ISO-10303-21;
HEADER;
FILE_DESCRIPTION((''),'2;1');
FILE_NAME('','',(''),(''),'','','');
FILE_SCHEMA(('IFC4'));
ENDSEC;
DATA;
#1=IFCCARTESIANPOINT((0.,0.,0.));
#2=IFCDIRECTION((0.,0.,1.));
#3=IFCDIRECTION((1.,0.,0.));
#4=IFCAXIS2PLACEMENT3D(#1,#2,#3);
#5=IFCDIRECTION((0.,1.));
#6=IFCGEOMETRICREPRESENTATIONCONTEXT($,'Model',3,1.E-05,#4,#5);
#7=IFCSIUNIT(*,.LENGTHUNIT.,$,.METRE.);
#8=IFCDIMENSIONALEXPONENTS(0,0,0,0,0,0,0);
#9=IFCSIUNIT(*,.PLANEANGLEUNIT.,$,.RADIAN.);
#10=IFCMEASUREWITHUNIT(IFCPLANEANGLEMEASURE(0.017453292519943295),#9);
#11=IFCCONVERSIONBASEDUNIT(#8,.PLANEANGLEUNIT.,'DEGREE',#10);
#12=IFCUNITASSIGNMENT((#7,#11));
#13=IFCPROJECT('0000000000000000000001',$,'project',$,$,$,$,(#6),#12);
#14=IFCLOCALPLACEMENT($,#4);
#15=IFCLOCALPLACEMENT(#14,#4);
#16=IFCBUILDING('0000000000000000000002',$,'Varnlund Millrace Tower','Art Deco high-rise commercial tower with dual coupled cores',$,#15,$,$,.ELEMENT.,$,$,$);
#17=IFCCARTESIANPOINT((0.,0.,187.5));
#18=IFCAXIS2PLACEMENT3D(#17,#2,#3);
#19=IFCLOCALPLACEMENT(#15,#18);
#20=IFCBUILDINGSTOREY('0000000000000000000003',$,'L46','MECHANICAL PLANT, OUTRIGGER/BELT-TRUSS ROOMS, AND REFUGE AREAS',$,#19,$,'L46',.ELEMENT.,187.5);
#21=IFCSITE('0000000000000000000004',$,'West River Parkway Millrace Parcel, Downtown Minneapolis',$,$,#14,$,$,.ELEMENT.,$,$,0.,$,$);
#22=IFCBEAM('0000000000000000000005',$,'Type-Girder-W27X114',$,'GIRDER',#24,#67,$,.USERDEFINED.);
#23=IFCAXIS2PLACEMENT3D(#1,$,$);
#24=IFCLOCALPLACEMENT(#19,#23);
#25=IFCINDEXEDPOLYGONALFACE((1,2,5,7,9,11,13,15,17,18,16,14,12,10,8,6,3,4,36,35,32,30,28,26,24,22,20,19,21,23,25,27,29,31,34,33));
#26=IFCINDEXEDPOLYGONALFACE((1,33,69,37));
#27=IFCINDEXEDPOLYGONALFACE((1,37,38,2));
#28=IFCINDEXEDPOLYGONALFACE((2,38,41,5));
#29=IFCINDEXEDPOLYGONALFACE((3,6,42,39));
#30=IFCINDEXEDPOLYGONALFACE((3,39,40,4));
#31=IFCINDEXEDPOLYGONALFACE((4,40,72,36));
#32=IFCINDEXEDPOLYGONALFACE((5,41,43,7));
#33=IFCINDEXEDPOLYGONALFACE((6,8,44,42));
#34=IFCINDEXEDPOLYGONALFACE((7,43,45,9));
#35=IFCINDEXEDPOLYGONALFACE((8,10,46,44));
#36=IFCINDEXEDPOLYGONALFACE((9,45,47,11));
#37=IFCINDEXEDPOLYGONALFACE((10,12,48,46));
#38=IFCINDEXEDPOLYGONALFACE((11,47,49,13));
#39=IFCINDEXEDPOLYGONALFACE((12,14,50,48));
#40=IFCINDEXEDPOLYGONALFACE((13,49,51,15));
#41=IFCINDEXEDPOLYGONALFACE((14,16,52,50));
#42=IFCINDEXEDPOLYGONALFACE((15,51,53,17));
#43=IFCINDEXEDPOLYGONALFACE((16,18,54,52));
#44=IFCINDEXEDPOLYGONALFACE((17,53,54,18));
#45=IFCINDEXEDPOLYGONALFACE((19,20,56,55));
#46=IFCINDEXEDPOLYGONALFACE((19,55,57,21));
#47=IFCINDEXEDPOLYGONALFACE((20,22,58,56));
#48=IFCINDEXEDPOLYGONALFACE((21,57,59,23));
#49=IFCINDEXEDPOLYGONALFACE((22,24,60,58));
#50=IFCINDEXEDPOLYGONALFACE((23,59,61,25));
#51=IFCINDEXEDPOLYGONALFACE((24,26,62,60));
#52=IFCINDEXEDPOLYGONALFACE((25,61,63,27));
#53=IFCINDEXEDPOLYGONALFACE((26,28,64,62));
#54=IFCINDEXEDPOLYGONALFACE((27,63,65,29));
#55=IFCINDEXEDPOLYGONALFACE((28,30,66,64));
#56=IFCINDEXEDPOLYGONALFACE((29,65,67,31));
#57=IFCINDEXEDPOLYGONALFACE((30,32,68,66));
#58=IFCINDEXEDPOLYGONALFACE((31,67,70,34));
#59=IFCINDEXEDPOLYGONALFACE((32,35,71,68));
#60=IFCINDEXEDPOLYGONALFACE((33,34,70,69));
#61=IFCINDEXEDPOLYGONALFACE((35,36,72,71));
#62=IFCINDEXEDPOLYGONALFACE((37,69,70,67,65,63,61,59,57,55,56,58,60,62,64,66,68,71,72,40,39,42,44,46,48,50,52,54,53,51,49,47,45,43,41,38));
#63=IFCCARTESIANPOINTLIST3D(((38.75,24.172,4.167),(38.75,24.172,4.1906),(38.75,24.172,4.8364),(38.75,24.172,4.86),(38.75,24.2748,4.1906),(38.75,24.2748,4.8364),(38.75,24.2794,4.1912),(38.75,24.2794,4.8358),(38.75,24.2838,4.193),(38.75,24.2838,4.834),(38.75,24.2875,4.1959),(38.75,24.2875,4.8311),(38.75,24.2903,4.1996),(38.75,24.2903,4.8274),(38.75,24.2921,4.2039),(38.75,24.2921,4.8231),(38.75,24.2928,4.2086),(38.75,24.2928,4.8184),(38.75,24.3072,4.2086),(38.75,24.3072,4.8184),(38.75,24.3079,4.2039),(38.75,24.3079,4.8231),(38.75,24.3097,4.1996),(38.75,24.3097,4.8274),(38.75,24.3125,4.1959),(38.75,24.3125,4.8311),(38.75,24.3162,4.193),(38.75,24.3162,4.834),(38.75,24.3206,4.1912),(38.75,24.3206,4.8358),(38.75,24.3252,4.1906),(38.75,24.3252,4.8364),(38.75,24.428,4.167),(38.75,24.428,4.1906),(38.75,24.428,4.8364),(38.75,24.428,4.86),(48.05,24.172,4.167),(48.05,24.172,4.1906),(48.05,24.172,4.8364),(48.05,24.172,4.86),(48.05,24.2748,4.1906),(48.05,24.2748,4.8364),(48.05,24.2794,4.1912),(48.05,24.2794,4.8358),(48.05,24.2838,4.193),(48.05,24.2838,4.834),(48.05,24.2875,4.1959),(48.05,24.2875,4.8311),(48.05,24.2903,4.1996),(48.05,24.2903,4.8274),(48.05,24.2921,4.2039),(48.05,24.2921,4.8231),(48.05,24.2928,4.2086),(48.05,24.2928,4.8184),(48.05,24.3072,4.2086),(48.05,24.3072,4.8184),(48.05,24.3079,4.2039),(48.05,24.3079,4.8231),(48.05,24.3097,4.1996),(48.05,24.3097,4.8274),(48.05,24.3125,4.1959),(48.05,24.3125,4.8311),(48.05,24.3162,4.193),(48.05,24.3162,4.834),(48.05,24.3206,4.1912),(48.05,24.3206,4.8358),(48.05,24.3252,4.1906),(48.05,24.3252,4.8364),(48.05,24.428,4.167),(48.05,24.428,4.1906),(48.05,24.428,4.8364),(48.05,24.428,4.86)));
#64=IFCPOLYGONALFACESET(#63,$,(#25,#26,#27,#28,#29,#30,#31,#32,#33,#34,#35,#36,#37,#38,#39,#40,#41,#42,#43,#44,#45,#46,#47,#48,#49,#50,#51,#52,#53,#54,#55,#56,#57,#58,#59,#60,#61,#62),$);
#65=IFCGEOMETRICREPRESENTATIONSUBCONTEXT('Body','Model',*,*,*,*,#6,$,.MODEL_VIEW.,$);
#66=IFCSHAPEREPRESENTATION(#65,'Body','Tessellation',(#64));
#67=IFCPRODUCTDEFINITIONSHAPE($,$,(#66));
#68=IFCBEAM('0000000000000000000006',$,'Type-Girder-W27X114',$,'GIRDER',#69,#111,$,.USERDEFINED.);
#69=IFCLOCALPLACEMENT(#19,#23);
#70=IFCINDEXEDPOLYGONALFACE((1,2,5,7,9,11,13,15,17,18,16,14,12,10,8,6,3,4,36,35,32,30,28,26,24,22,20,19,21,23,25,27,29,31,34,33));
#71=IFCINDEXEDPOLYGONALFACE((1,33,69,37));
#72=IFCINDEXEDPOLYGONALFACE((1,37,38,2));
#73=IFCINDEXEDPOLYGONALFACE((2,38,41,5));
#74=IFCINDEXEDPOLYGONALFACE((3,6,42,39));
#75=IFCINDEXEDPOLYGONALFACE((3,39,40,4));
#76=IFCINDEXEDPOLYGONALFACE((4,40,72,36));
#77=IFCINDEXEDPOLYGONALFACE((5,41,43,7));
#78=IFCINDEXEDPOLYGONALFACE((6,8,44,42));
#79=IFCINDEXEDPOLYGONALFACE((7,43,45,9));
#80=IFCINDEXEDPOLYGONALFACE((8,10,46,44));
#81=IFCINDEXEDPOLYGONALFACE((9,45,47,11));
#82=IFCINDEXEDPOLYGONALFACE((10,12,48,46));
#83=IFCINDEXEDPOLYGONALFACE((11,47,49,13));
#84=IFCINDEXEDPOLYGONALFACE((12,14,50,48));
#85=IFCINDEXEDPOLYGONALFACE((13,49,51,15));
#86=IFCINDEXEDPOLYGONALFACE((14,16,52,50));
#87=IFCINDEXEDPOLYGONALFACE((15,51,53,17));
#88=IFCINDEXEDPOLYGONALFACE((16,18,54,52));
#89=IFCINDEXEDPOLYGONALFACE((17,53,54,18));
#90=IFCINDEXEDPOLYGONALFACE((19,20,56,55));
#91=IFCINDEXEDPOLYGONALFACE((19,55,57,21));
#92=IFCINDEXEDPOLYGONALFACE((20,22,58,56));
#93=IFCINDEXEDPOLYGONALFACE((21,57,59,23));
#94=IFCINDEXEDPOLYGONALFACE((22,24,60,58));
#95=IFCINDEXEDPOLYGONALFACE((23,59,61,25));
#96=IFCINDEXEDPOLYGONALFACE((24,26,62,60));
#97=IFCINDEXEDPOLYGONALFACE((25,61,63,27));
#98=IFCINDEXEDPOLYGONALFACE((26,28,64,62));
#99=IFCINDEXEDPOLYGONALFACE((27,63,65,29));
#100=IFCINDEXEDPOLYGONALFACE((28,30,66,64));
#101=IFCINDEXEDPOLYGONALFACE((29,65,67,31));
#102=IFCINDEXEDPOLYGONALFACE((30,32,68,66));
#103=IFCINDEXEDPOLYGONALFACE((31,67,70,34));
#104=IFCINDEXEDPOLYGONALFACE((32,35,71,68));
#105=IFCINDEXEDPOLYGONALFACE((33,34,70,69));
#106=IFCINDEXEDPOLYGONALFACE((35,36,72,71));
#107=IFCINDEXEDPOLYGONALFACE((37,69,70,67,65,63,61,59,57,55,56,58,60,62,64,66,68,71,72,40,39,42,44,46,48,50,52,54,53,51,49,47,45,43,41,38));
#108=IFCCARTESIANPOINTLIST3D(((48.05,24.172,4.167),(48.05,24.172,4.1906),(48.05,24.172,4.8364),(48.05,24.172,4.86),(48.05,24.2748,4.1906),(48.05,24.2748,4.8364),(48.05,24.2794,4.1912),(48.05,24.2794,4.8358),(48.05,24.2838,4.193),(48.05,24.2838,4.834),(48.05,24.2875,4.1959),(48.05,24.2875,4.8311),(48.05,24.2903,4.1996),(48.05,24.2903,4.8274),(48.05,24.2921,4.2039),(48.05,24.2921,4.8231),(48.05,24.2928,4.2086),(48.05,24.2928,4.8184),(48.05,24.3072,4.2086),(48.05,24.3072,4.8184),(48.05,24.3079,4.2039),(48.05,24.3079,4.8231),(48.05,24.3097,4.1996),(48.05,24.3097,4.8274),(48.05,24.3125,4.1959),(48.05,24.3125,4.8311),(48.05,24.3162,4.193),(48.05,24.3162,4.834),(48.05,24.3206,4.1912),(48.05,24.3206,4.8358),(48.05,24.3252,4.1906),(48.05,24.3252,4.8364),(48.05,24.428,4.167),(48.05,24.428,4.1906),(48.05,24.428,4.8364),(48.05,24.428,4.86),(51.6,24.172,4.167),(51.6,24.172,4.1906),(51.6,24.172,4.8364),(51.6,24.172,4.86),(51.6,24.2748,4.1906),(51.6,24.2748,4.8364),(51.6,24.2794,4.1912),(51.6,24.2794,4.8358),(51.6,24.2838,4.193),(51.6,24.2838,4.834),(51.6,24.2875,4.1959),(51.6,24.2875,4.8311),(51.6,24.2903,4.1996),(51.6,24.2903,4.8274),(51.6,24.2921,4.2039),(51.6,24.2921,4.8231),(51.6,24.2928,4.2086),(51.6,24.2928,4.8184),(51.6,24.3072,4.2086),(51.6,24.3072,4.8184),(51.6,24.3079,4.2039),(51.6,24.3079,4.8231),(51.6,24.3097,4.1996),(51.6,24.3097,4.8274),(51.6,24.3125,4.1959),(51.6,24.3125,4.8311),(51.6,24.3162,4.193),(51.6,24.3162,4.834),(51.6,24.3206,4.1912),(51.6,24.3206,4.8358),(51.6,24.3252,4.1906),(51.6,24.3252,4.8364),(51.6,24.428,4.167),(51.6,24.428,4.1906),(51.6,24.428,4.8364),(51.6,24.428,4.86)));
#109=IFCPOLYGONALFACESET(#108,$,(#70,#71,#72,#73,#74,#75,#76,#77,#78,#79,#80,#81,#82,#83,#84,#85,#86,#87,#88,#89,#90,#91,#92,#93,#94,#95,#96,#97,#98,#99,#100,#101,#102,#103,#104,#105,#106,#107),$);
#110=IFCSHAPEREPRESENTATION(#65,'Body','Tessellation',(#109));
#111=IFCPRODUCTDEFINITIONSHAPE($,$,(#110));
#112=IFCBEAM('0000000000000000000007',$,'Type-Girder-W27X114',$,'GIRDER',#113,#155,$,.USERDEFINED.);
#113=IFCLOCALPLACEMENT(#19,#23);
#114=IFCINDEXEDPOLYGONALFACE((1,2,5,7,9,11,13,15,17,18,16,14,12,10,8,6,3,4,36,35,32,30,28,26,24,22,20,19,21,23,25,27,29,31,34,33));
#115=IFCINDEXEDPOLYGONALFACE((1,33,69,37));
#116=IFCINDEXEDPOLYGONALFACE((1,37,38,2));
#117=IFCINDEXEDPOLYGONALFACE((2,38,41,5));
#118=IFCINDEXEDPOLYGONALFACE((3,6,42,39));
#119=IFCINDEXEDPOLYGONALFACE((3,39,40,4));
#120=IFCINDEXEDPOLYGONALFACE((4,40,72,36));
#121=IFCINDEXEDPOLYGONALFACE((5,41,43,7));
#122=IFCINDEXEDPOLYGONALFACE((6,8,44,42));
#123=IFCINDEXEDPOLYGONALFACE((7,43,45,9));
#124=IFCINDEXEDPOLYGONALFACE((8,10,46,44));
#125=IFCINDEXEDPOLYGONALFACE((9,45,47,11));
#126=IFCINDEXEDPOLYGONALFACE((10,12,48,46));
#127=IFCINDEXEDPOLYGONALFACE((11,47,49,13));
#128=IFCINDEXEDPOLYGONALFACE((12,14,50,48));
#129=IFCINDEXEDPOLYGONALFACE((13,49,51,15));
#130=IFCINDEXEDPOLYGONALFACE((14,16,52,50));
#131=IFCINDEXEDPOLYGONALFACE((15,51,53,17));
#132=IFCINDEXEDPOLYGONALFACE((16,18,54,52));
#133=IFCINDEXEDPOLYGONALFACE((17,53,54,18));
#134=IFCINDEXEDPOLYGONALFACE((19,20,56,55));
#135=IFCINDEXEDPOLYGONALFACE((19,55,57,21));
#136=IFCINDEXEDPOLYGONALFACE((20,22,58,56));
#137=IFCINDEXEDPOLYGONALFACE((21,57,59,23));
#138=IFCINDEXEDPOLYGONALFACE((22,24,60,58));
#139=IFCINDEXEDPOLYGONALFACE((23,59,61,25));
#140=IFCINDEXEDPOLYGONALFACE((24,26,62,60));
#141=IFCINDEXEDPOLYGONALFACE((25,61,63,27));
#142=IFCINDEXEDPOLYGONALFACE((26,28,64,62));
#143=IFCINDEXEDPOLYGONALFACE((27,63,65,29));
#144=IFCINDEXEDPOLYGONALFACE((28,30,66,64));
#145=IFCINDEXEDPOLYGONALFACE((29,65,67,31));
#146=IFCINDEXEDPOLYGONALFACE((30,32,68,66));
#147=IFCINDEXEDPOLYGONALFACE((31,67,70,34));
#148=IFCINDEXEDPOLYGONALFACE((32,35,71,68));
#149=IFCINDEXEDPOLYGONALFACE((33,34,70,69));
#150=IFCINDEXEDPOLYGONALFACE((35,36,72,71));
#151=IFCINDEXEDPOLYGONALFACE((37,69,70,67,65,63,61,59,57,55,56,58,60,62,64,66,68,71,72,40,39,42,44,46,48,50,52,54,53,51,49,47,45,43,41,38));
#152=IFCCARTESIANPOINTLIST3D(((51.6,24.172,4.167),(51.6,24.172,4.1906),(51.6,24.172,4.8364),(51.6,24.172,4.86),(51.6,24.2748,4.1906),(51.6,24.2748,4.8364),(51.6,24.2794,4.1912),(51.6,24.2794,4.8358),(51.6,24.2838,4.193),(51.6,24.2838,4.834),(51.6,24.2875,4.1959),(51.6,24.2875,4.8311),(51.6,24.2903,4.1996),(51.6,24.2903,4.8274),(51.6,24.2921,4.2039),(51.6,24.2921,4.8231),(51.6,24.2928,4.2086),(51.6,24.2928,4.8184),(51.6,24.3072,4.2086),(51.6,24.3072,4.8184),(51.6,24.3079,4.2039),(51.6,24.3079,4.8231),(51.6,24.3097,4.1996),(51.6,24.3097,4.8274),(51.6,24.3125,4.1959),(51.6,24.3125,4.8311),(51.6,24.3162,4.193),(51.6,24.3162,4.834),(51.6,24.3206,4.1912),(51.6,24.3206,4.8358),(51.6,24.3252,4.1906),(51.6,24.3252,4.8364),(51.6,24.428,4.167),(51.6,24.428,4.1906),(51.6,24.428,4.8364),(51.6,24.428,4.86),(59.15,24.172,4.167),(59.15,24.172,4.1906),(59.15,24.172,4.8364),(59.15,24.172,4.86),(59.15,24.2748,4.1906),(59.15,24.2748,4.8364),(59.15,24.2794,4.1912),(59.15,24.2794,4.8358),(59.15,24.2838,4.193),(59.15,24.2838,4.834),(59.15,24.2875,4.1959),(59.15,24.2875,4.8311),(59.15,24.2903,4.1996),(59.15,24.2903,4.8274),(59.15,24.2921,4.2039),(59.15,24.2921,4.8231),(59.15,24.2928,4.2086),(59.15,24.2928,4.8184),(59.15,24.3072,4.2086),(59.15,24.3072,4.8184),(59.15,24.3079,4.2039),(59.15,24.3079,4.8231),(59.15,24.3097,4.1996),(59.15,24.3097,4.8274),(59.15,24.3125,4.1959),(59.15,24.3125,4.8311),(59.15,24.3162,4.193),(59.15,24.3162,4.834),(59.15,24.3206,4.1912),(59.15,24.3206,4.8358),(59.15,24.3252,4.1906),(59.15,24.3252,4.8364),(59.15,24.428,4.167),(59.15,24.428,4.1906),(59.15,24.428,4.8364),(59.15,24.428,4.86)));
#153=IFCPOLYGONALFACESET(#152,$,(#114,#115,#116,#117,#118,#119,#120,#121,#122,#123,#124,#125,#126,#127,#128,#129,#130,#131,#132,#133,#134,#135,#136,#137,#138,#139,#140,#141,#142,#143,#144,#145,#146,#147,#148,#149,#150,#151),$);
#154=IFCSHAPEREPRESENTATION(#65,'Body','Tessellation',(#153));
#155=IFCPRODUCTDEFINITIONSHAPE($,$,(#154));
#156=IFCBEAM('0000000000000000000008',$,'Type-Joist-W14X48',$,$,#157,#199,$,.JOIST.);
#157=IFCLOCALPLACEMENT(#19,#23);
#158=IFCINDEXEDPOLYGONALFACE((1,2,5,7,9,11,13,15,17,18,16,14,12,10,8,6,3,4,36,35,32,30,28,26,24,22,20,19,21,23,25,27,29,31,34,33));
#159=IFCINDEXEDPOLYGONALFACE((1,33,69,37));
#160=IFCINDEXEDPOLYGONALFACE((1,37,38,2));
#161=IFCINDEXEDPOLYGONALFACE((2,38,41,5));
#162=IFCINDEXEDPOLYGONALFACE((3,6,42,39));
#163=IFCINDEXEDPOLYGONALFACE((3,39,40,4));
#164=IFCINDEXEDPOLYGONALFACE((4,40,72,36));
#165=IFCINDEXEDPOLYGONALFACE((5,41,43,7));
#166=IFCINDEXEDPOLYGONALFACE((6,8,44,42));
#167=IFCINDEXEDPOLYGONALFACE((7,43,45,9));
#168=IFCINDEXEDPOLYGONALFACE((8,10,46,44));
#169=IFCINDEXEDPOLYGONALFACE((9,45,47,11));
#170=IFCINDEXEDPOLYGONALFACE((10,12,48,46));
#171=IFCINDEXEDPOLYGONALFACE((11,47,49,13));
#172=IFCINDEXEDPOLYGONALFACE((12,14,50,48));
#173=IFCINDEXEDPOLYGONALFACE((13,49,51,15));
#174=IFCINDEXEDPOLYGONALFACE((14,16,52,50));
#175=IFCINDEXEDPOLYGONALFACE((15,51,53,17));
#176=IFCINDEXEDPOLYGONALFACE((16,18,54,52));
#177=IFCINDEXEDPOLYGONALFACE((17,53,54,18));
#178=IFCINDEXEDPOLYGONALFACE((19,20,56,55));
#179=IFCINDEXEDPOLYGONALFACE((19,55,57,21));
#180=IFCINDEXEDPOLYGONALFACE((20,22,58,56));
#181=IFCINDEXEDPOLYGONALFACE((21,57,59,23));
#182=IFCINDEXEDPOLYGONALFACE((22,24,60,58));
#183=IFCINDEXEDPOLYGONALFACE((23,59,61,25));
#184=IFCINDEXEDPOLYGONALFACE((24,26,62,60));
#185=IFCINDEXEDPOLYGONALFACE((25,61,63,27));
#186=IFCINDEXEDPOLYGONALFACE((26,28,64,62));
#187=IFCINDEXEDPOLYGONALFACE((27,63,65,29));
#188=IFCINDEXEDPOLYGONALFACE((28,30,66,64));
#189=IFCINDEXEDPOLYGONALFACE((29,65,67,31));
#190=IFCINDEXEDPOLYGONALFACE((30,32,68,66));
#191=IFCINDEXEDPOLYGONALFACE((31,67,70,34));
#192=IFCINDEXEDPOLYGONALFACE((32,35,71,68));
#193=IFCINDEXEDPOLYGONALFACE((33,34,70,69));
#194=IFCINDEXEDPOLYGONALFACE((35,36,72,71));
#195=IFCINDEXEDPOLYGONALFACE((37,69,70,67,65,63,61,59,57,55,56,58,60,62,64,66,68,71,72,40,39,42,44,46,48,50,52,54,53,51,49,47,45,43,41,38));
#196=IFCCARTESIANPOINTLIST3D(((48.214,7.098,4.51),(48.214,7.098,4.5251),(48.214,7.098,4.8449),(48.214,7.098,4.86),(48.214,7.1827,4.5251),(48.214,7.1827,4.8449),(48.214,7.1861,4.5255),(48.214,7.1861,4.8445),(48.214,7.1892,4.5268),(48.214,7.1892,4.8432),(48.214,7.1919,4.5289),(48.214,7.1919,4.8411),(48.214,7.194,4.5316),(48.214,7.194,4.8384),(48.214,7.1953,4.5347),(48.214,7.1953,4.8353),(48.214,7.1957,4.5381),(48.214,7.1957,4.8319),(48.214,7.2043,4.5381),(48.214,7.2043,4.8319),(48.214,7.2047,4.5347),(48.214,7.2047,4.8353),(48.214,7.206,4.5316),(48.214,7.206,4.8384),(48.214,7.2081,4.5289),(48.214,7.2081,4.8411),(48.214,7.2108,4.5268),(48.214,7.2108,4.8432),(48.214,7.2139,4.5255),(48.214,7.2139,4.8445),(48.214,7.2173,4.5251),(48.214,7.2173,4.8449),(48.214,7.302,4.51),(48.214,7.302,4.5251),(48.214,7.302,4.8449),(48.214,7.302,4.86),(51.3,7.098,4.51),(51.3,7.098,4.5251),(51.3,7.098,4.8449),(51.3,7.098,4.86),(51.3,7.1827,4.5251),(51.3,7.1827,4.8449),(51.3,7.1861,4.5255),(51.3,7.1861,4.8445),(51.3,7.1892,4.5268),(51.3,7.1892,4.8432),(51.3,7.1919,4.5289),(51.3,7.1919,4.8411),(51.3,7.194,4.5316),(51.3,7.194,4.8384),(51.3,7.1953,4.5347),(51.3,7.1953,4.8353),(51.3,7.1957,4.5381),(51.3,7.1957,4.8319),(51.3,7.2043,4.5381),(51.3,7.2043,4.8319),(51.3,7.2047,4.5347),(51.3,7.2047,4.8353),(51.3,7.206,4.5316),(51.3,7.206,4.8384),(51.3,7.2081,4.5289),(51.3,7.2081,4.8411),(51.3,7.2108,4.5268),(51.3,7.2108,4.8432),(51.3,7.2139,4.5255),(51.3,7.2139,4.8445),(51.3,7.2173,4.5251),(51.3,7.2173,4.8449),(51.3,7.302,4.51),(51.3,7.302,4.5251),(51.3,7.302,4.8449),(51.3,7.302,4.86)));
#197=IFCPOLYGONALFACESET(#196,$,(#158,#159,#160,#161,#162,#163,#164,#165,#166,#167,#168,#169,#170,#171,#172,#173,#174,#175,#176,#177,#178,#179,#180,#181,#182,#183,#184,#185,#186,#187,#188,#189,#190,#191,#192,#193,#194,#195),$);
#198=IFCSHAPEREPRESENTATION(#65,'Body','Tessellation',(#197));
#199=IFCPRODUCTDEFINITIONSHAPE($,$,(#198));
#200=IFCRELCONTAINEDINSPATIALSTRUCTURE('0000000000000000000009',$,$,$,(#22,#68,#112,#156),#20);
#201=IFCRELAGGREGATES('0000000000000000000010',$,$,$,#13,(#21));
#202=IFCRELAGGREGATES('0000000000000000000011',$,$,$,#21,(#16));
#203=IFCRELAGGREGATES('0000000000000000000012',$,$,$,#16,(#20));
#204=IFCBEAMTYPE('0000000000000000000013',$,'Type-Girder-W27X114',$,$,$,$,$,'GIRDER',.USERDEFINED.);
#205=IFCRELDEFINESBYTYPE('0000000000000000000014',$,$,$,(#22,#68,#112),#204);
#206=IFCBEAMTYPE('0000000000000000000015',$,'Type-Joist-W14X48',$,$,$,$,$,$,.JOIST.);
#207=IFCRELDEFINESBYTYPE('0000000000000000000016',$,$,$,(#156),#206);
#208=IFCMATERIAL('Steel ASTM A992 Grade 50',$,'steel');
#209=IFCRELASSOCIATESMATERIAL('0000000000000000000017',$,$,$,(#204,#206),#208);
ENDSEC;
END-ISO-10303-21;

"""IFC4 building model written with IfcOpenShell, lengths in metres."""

from ifc_helpers import new_model, entity, si_unit, converted_unit, direction, frame, origin_with_axes, origin_2d_with_axis, place, context, subcontext, project, spatial, i_section, extrude, material, material_profile, profile_set, type_object, element, save


model = new_model("IFC4")

# Units and contexts
model_context = context("Model", 3, precision=1e-05, world=origin_with_axes(), true_north=direction((0.0, 1.0)))
body_context = subcontext(model_context, "Body", "Model", "MODEL_VIEW")
ifc_project = project(units=[si_unit("LENGTHUNIT", "METRE"), converted_unit("PLANEANGLEUNIT", "DEGREE", entity("IfcPlaneAngleMeasure", 0.017453292519943295), si_unit("PLANEANGLEUNIT", "RADIAN"), dimensions=[0, 0, 0, 0, 0, 0, 0])], contexts=[model_context])

# Site, building, storey
site_placement = place(None, origin_with_axes())
site = spatial("IfcSite", under=ifc_project, at=site_placement, Name="West River Parkway Millrace Parcel, Downtown Minneapolis", CompositionType="ELEMENT", RefElevation=0.0)
building_placement = place(site_placement, origin_with_axes())
building = spatial("IfcBuilding", under=site, at=building_placement, Name="Varnlund Millrace Tower", Description="Art Deco high-rise commercial tower with dual coupled cores", CompositionType="ELEMENT")
storey_placement = place(building_placement, frame((0.0, 0.0, 187.5), z_axis=(0.0, 0.0, 1.0), x_axis=(1.0, 0.0, 0.0)))
storey = spatial("IfcBuildingStorey", under=building, at=storey_placement, Name="L46", Description="MECHANICAL PLANT, OUTRIGGER/BELT-TRUSS ROOMS, AND REFUGE AREAS", LongName="L46", CompositionType="ELEMENT", Elevation=187.5)

# Beams
ifc_material_1 = material(Name="Steel ASTM A992 Grade 50", Category="steel")
ifc_material_profile_1 = material_profile(ifc_material_1, i_section(OverallWidth=0.256, OverallDepth=0.693, WebThickness=0.0145, FlangeThickness=0.0236, FilletRadius=0.018, at=origin_2d_with_axis()), Name="Steel ASTM A992 Grade 50")
ifc_profile_set_1 = profile_set([ifc_material_profile_1], Name="Steel ASTM A992 Grade 50")
beam_type_1 = type_object("IfcBeamType", Name="Type-Girder-W27X114", ElementType="GIRDER", PredefinedType="USERDEFINED", material=ifc_profile_set_1)
beam_1_placement = place(storey_placement, frame((38.75, 24.3, 4.5135), z_axis=(1.0, 0.0, 0.0), x_axis=(0.0, 1.0, 0.0)))
element("IfcBeam", 1, at=beam_1_placement, inside=storey, type_object=beam_type_1, Name="Type-Girder-W27X114", ObjectType="GIRDER", PredefinedType="USERDEFINED", context=body_context, shape_type="SweptSolid", body=[
    extrude(i_section(OverallWidth=0.256, OverallDepth=0.693, WebThickness=0.0145, FlangeThickness=0.0236, FilletRadius=0.018, at=origin_2d_with_axis()), origin_with_axes(), (0.0, 0.0, 1.0), 9.3),
])
beam_2_placement = place(storey_placement, frame((48.05, 24.3, 4.5135), z_axis=(1.0, 0.0, 0.0), x_axis=(0.0, 1.0, 0.0)))
element("IfcBeam", 2, at=beam_2_placement, inside=storey, type_object=beam_type_1, Name="Type-Girder-W27X114", ObjectType="GIRDER", PredefinedType="USERDEFINED", context=body_context, shape_type="SweptSolid", body=[
    extrude(i_section(OverallWidth=0.256, OverallDepth=0.693, WebThickness=0.0145, FlangeThickness=0.0236, FilletRadius=0.018, at=origin_2d_with_axis()), origin_with_axes(), (0.0, 0.0, 1.0), 3.55),
])
beam_3_placement = place(storey_placement, frame((51.6, 24.3, 4.5135), z_axis=(1.0, 0.0, 0.0), x_axis=(0.0, 1.0, 0.0)))
element("IfcBeam", 3, at=beam_3_placement, inside=storey, type_object=beam_type_1, Name="Type-Girder-W27X114", ObjectType="GIRDER", PredefinedType="USERDEFINED", context=body_context, shape_type="SweptSolid", body=[
    extrude(i_section(OverallWidth=0.256, OverallDepth=0.693, WebThickness=0.0145, FlangeThickness=0.0236, FilletRadius=0.018, at=origin_2d_with_axis()), origin_with_axes(), (0.0, 0.0, 1.0), 7.55),
])
ifc_material_profile_2 = material_profile(ifc_material_1, i_section(OverallWidth=0.204, OverallDepth=0.35, WebThickness=0.0086, FlangeThickness=0.0151, FilletRadius=0.013, at=origin_2d_with_axis()), Name="Steel ASTM A992 Grade 50")
ifc_profile_set_2 = profile_set([ifc_material_profile_2], Name="Steel ASTM A992 Grade 50")
beam_type_2 = type_object("IfcBeamType", Name="Type-Joist-W14X48", PredefinedType="JOIST", material=ifc_profile_set_2)
for number, where, z_axis, x_axis, name in (
    (4, (48.214, 7.2, 4.685), (1.0, 0.0, 0.0), (0.0, 1.0, 0.0), "Type-Joist-W14X48"),
):
    element("IfcBeam", number, at=place(storey_placement, frame(where, z_axis=z_axis, x_axis=x_axis)), inside=storey, type_object=beam_type_2, Name=name, PredefinedType="JOIST", context=body_context, shape_type="SweptSolid", body=[
        extrude(i_section(OverallWidth=0.204, OverallDepth=0.35, WebThickness=0.0086, FlangeThickness=0.0151, FilletRadius=0.013, at=origin_2d_with_axis()), origin_with_axes(), (0.0, 0.0, 1.0), 3.086),
    ])

save(model, "model.ifc")
